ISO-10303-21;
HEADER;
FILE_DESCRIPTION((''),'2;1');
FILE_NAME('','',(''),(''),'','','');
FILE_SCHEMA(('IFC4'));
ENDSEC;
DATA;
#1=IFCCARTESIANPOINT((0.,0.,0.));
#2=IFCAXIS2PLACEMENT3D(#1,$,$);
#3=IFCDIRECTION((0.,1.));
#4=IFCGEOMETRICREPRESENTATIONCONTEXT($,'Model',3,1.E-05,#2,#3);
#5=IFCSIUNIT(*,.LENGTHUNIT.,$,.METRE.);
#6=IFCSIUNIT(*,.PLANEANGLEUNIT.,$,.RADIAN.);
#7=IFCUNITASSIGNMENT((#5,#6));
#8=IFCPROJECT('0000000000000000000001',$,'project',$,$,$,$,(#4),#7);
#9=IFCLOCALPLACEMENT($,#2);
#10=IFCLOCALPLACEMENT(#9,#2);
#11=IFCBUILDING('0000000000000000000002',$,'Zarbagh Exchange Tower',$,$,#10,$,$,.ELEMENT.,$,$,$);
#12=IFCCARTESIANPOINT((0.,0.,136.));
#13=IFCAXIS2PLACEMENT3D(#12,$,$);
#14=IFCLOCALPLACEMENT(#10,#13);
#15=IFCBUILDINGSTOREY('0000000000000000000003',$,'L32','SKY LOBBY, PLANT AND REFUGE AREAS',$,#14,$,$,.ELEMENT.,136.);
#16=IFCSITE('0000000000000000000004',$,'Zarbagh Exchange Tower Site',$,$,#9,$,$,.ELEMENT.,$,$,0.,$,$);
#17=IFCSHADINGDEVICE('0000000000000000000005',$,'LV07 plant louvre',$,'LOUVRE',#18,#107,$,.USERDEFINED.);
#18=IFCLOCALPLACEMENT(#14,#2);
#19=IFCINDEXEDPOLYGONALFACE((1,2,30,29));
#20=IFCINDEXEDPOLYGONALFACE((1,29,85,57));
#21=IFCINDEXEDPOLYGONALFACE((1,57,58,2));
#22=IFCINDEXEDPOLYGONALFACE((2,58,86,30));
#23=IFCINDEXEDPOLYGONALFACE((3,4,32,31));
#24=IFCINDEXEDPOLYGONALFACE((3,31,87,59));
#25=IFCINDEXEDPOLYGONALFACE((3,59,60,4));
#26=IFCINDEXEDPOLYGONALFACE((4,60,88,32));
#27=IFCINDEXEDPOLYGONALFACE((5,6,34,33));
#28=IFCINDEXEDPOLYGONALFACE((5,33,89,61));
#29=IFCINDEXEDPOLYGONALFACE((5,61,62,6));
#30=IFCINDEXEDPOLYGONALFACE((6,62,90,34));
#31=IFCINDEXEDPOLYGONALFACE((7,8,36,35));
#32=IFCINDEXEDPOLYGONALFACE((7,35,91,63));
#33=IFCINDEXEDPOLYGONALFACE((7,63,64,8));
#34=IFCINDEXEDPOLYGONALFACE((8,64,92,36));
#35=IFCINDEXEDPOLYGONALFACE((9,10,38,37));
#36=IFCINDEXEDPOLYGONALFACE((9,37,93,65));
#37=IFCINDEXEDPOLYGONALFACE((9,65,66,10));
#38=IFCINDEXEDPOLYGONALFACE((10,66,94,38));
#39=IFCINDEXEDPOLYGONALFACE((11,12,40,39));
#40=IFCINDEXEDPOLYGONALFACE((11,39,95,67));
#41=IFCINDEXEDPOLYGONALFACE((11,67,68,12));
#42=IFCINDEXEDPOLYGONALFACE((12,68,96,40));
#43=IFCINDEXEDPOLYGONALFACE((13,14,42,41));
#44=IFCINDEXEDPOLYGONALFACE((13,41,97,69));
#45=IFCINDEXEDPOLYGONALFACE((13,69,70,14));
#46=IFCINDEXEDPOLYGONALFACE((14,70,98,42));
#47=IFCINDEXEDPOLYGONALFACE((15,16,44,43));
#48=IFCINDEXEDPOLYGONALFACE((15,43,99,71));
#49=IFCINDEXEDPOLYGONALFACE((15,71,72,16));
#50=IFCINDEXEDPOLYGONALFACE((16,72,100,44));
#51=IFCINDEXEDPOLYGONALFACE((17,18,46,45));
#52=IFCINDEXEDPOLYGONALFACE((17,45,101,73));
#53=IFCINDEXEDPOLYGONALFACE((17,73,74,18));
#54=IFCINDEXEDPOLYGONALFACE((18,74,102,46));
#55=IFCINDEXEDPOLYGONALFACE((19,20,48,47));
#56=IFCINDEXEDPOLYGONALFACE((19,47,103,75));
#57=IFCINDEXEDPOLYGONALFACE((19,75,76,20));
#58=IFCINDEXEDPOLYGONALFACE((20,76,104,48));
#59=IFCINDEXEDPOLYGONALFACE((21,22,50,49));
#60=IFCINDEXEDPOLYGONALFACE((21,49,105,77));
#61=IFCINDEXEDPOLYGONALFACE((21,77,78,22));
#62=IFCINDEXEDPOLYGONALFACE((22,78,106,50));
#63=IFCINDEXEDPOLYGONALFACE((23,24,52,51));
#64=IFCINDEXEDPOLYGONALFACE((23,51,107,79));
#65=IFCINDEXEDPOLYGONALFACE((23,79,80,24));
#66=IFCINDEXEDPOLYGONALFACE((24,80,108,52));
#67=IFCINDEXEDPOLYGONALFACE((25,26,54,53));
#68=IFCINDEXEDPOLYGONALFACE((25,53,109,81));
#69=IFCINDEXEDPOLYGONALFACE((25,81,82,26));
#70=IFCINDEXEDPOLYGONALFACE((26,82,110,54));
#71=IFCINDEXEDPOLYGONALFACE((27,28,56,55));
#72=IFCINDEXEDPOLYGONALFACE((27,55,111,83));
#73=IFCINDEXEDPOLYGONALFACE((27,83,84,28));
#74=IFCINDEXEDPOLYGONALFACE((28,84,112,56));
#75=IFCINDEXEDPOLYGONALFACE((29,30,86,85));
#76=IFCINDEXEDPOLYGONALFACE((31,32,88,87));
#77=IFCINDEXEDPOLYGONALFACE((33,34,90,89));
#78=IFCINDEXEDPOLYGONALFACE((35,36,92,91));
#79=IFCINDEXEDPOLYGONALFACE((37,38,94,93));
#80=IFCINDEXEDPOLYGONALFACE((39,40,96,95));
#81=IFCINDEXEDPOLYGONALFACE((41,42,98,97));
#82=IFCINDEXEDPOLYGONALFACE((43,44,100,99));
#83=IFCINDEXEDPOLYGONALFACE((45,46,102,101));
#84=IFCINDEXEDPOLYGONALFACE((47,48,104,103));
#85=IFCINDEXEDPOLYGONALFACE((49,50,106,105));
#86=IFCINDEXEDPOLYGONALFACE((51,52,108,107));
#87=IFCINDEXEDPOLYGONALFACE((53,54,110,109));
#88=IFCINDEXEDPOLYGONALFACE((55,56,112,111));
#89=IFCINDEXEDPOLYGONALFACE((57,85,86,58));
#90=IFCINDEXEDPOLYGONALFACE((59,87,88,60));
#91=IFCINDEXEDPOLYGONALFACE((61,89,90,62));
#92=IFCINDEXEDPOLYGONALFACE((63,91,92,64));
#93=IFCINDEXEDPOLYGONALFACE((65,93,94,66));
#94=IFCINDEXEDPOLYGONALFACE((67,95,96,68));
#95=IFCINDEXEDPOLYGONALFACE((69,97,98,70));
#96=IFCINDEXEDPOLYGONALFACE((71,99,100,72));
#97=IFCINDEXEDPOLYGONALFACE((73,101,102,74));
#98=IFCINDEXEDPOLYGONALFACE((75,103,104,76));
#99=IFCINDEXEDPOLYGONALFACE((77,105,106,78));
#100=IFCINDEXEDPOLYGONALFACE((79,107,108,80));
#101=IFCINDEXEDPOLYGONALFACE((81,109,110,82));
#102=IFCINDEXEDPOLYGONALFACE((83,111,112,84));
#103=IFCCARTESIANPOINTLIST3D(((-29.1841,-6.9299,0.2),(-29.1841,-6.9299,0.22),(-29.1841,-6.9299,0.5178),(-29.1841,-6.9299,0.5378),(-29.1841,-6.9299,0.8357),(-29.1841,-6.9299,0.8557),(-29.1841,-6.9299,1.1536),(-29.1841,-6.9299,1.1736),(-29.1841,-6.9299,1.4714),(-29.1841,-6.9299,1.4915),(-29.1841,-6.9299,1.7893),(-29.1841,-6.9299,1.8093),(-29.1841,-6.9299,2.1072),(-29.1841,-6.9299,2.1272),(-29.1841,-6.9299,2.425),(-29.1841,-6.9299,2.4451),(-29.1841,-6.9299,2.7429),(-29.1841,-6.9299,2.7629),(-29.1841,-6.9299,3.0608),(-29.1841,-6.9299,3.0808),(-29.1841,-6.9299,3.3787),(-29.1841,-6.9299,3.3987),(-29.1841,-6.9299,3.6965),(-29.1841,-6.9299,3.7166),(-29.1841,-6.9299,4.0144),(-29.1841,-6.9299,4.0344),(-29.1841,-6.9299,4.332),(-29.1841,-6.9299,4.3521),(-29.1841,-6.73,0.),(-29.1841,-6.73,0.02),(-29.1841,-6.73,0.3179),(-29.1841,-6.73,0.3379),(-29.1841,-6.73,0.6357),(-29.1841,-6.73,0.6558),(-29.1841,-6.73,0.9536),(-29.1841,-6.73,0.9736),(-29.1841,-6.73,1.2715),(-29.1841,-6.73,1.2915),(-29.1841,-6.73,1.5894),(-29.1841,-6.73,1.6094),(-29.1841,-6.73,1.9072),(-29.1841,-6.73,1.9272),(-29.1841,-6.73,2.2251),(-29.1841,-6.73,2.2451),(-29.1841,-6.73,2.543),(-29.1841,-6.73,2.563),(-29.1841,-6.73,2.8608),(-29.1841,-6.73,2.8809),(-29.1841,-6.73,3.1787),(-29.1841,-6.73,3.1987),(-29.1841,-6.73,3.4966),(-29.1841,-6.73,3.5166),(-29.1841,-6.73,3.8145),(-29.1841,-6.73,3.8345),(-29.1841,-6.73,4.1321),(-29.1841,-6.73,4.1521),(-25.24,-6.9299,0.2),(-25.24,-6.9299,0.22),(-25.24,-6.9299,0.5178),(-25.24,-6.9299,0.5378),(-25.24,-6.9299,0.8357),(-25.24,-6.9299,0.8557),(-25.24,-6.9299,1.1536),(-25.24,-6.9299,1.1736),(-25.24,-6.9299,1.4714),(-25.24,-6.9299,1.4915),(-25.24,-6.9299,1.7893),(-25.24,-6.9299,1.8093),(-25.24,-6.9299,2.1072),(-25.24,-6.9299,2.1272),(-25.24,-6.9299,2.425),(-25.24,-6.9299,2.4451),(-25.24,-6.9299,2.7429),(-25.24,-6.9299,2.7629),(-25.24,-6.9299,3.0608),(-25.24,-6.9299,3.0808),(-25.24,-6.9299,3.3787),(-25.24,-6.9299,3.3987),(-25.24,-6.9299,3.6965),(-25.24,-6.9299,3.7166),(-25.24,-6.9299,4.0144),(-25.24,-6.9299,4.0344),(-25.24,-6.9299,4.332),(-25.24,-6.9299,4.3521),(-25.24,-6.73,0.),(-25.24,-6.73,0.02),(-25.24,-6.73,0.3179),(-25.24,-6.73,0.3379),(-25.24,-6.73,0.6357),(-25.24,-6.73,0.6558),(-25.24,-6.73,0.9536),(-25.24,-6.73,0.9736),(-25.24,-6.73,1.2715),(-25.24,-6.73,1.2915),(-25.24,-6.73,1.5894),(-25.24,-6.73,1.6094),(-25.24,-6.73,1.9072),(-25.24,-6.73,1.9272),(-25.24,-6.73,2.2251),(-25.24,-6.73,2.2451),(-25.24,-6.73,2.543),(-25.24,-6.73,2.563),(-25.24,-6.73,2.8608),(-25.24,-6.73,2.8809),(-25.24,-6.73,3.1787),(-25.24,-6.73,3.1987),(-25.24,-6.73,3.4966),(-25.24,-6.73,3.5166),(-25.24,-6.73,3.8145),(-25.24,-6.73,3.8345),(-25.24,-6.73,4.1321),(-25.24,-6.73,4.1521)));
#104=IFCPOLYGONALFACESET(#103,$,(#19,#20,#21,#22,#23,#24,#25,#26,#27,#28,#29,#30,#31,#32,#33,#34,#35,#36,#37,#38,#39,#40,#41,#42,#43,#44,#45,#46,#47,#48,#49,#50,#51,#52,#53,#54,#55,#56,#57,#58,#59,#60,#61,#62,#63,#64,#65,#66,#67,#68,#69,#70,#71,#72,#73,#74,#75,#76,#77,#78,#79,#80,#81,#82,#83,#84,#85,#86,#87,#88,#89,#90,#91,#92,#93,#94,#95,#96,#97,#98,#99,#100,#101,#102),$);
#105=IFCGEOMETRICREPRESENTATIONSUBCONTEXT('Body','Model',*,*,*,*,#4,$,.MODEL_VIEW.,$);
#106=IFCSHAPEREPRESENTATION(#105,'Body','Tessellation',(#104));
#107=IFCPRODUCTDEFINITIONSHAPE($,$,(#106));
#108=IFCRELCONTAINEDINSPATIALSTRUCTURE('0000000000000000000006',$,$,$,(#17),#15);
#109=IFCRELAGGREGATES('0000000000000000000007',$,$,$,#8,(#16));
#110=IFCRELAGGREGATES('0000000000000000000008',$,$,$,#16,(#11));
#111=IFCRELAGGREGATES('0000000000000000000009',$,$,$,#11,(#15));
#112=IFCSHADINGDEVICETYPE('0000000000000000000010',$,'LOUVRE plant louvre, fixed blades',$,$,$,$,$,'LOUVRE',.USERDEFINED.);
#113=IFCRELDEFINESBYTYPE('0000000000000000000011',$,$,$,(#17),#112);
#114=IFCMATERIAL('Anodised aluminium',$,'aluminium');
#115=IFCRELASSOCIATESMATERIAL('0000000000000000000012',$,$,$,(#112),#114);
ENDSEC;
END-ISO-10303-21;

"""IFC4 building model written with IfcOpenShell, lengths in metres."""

from ifc_helpers import new_model, si_unit, direction, frame, origin, place, context, subcontext, project, spatial, polyline, outline, extrude, source, transform, mapped, material, type_object, element, save


model = new_model("IFC4")

# Units and contexts
model_context = context("Model", 3, precision=1e-05, world=origin(), true_north=direction((0.0, 1.0)))
body_context = subcontext(model_context, "Body", "Model", "MODEL_VIEW")
ifc_project = project(units=[si_unit("LENGTHUNIT", "METRE"), si_unit("PLANEANGLEUNIT", "RADIAN")], contexts=[model_context])

# Site, building, storey
site_placement = place(None, origin())
site = spatial("IfcSite", under=ifc_project, at=site_placement, Name="Zarbagh Exchange Tower Site", CompositionType="ELEMENT", RefElevation=0.0)
building_placement = place(site_placement, origin())
building = spatial("IfcBuilding", under=site, at=building_placement, Name="Zarbagh Exchange Tower", CompositionType="ELEMENT")
storey_placement = place(building_placement, frame((0.0, 0.0, 136.0)))
storey = spatial("IfcBuildingStorey", under=building, at=storey_placement, Name="L32", Description="SKY LOBBY, PLANT AND REFUGE AREAS", CompositionType="ELEMENT", Elevation=136.0)

# Shared definitions
placement = place(storey_placement, origin())

# Shared definitions
ifc_material_1 = material(Name="Anodised aluminium", Category="aluminium")
shading_device_type = type_object("IfcShadingDeviceType", Name="LOUVRE plant louvre, fixed blades", ElementType="LOUVRE", PredefinedType="USERDEFINED", material=ifc_material_1)

# Shading device
shared_shape_1 = source(origin(), body_context, "Body", "SweptSolid", [
    extrude(outline(polyline([(0.0, 0.2), (0.2, 0.0), (0.2, -0.02), (0.0, 0.1799), (0.0, 0.2)])), origin(), (0.0, 0.0, 1.0), 3.9441),
])
element("IfcShadingDevice", 1, at=placement, inside=storey, type_object=shading_device_type, Name="LV07 plant louvre", ObjectType="LOUVRE", PredefinedType="USERDEFINED", context=body_context, shape_type="MappedRepresentation", body=[
    mapped(shared_shape_1, transform((-29.1841, -6.73, 0.2), x_axis=(0.0, -1.0, 0.0), y_axis=(0.0, 0.0, -1.0), z_axis=(1.0, 0.0, 0.0))),
    mapped(shared_shape_1, transform((-29.1841, -6.73, 0.5178), x_axis=(0.0, -1.0, 0.0), y_axis=(0.0, 0.0, -1.0), z_axis=(1.0, 0.0, 0.0))),
    mapped(shared_shape_1, transform((-29.1841, -6.73, 0.8357), x_axis=(0.0, -1.0, 0.0), y_axis=(0.0, 0.0, -1.0), z_axis=(1.0, 0.0, 0.0))),
    mapped(shared_shape_1, transform((-29.1841, -6.73, 1.1536), x_axis=(0.0, -1.0, 0.0), y_axis=(0.0, 0.0, -1.0), z_axis=(1.0, 0.0, 0.0))),
    mapped(shared_shape_1, transform((-29.1841, -6.73, 1.4714), x_axis=(0.0, -1.0, 0.0), y_axis=(0.0, 0.0, -1.0), z_axis=(1.0, 0.0, 0.0))),
    mapped(shared_shape_1, transform((-29.1841, -6.73, 1.7893), x_axis=(0.0, -1.0, 0.0), y_axis=(0.0, 0.0, -1.0), z_axis=(1.0, 0.0, 0.0))),
    mapped(shared_shape_1, transform((-29.1841, -6.73, 2.1072), x_axis=(0.0, -1.0, 0.0), y_axis=(0.0, 0.0, -1.0), z_axis=(1.0, 0.0, 0.0))),
    mapped(shared_shape_1, transform((-29.1841, -6.73, 2.425), x_axis=(0.0, -1.0, 0.0), y_axis=(0.0, 0.0, -1.0), z_axis=(1.0, 0.0, 0.0))),
    mapped(shared_shape_1, transform((-29.1841, -6.73, 2.7429), x_axis=(0.0, -1.0, 0.0), y_axis=(0.0, 0.0, -1.0), z_axis=(1.0, 0.0, 0.0))),
    mapped(shared_shape_1, transform((-29.1841, -6.73, 3.0608), x_axis=(0.0, -1.0, 0.0), y_axis=(0.0, 0.0, -1.0), z_axis=(1.0, 0.0, 0.0))),
    mapped(shared_shape_1, transform((-29.1841, -6.73, 3.3787), x_axis=(0.0, -1.0, 0.0), y_axis=(0.0, 0.0, -1.0), z_axis=(1.0, 0.0, 0.0))),
    mapped(shared_shape_1, transform((-29.1841, -6.73, 3.6965), x_axis=(0.0, -1.0, 0.0), y_axis=(0.0, 0.0, -1.0), z_axis=(1.0, 0.0, 0.0))),
    mapped(shared_shape_1, transform((-29.1841, -6.73, 4.0144), x_axis=(0.0, -1.0, 0.0), y_axis=(0.0, 0.0, -1.0), z_axis=(1.0, 0.0, 0.0))),
    mapped(shared_shape_1, transform((-29.1841, -6.73, 4.332), x_axis=(0.0, -1.0, 0.0), y_axis=(0.0, 0.0, -1.0), z_axis=(1.0, 0.0, 0.0))),
])

save(model, "model.ifc")
